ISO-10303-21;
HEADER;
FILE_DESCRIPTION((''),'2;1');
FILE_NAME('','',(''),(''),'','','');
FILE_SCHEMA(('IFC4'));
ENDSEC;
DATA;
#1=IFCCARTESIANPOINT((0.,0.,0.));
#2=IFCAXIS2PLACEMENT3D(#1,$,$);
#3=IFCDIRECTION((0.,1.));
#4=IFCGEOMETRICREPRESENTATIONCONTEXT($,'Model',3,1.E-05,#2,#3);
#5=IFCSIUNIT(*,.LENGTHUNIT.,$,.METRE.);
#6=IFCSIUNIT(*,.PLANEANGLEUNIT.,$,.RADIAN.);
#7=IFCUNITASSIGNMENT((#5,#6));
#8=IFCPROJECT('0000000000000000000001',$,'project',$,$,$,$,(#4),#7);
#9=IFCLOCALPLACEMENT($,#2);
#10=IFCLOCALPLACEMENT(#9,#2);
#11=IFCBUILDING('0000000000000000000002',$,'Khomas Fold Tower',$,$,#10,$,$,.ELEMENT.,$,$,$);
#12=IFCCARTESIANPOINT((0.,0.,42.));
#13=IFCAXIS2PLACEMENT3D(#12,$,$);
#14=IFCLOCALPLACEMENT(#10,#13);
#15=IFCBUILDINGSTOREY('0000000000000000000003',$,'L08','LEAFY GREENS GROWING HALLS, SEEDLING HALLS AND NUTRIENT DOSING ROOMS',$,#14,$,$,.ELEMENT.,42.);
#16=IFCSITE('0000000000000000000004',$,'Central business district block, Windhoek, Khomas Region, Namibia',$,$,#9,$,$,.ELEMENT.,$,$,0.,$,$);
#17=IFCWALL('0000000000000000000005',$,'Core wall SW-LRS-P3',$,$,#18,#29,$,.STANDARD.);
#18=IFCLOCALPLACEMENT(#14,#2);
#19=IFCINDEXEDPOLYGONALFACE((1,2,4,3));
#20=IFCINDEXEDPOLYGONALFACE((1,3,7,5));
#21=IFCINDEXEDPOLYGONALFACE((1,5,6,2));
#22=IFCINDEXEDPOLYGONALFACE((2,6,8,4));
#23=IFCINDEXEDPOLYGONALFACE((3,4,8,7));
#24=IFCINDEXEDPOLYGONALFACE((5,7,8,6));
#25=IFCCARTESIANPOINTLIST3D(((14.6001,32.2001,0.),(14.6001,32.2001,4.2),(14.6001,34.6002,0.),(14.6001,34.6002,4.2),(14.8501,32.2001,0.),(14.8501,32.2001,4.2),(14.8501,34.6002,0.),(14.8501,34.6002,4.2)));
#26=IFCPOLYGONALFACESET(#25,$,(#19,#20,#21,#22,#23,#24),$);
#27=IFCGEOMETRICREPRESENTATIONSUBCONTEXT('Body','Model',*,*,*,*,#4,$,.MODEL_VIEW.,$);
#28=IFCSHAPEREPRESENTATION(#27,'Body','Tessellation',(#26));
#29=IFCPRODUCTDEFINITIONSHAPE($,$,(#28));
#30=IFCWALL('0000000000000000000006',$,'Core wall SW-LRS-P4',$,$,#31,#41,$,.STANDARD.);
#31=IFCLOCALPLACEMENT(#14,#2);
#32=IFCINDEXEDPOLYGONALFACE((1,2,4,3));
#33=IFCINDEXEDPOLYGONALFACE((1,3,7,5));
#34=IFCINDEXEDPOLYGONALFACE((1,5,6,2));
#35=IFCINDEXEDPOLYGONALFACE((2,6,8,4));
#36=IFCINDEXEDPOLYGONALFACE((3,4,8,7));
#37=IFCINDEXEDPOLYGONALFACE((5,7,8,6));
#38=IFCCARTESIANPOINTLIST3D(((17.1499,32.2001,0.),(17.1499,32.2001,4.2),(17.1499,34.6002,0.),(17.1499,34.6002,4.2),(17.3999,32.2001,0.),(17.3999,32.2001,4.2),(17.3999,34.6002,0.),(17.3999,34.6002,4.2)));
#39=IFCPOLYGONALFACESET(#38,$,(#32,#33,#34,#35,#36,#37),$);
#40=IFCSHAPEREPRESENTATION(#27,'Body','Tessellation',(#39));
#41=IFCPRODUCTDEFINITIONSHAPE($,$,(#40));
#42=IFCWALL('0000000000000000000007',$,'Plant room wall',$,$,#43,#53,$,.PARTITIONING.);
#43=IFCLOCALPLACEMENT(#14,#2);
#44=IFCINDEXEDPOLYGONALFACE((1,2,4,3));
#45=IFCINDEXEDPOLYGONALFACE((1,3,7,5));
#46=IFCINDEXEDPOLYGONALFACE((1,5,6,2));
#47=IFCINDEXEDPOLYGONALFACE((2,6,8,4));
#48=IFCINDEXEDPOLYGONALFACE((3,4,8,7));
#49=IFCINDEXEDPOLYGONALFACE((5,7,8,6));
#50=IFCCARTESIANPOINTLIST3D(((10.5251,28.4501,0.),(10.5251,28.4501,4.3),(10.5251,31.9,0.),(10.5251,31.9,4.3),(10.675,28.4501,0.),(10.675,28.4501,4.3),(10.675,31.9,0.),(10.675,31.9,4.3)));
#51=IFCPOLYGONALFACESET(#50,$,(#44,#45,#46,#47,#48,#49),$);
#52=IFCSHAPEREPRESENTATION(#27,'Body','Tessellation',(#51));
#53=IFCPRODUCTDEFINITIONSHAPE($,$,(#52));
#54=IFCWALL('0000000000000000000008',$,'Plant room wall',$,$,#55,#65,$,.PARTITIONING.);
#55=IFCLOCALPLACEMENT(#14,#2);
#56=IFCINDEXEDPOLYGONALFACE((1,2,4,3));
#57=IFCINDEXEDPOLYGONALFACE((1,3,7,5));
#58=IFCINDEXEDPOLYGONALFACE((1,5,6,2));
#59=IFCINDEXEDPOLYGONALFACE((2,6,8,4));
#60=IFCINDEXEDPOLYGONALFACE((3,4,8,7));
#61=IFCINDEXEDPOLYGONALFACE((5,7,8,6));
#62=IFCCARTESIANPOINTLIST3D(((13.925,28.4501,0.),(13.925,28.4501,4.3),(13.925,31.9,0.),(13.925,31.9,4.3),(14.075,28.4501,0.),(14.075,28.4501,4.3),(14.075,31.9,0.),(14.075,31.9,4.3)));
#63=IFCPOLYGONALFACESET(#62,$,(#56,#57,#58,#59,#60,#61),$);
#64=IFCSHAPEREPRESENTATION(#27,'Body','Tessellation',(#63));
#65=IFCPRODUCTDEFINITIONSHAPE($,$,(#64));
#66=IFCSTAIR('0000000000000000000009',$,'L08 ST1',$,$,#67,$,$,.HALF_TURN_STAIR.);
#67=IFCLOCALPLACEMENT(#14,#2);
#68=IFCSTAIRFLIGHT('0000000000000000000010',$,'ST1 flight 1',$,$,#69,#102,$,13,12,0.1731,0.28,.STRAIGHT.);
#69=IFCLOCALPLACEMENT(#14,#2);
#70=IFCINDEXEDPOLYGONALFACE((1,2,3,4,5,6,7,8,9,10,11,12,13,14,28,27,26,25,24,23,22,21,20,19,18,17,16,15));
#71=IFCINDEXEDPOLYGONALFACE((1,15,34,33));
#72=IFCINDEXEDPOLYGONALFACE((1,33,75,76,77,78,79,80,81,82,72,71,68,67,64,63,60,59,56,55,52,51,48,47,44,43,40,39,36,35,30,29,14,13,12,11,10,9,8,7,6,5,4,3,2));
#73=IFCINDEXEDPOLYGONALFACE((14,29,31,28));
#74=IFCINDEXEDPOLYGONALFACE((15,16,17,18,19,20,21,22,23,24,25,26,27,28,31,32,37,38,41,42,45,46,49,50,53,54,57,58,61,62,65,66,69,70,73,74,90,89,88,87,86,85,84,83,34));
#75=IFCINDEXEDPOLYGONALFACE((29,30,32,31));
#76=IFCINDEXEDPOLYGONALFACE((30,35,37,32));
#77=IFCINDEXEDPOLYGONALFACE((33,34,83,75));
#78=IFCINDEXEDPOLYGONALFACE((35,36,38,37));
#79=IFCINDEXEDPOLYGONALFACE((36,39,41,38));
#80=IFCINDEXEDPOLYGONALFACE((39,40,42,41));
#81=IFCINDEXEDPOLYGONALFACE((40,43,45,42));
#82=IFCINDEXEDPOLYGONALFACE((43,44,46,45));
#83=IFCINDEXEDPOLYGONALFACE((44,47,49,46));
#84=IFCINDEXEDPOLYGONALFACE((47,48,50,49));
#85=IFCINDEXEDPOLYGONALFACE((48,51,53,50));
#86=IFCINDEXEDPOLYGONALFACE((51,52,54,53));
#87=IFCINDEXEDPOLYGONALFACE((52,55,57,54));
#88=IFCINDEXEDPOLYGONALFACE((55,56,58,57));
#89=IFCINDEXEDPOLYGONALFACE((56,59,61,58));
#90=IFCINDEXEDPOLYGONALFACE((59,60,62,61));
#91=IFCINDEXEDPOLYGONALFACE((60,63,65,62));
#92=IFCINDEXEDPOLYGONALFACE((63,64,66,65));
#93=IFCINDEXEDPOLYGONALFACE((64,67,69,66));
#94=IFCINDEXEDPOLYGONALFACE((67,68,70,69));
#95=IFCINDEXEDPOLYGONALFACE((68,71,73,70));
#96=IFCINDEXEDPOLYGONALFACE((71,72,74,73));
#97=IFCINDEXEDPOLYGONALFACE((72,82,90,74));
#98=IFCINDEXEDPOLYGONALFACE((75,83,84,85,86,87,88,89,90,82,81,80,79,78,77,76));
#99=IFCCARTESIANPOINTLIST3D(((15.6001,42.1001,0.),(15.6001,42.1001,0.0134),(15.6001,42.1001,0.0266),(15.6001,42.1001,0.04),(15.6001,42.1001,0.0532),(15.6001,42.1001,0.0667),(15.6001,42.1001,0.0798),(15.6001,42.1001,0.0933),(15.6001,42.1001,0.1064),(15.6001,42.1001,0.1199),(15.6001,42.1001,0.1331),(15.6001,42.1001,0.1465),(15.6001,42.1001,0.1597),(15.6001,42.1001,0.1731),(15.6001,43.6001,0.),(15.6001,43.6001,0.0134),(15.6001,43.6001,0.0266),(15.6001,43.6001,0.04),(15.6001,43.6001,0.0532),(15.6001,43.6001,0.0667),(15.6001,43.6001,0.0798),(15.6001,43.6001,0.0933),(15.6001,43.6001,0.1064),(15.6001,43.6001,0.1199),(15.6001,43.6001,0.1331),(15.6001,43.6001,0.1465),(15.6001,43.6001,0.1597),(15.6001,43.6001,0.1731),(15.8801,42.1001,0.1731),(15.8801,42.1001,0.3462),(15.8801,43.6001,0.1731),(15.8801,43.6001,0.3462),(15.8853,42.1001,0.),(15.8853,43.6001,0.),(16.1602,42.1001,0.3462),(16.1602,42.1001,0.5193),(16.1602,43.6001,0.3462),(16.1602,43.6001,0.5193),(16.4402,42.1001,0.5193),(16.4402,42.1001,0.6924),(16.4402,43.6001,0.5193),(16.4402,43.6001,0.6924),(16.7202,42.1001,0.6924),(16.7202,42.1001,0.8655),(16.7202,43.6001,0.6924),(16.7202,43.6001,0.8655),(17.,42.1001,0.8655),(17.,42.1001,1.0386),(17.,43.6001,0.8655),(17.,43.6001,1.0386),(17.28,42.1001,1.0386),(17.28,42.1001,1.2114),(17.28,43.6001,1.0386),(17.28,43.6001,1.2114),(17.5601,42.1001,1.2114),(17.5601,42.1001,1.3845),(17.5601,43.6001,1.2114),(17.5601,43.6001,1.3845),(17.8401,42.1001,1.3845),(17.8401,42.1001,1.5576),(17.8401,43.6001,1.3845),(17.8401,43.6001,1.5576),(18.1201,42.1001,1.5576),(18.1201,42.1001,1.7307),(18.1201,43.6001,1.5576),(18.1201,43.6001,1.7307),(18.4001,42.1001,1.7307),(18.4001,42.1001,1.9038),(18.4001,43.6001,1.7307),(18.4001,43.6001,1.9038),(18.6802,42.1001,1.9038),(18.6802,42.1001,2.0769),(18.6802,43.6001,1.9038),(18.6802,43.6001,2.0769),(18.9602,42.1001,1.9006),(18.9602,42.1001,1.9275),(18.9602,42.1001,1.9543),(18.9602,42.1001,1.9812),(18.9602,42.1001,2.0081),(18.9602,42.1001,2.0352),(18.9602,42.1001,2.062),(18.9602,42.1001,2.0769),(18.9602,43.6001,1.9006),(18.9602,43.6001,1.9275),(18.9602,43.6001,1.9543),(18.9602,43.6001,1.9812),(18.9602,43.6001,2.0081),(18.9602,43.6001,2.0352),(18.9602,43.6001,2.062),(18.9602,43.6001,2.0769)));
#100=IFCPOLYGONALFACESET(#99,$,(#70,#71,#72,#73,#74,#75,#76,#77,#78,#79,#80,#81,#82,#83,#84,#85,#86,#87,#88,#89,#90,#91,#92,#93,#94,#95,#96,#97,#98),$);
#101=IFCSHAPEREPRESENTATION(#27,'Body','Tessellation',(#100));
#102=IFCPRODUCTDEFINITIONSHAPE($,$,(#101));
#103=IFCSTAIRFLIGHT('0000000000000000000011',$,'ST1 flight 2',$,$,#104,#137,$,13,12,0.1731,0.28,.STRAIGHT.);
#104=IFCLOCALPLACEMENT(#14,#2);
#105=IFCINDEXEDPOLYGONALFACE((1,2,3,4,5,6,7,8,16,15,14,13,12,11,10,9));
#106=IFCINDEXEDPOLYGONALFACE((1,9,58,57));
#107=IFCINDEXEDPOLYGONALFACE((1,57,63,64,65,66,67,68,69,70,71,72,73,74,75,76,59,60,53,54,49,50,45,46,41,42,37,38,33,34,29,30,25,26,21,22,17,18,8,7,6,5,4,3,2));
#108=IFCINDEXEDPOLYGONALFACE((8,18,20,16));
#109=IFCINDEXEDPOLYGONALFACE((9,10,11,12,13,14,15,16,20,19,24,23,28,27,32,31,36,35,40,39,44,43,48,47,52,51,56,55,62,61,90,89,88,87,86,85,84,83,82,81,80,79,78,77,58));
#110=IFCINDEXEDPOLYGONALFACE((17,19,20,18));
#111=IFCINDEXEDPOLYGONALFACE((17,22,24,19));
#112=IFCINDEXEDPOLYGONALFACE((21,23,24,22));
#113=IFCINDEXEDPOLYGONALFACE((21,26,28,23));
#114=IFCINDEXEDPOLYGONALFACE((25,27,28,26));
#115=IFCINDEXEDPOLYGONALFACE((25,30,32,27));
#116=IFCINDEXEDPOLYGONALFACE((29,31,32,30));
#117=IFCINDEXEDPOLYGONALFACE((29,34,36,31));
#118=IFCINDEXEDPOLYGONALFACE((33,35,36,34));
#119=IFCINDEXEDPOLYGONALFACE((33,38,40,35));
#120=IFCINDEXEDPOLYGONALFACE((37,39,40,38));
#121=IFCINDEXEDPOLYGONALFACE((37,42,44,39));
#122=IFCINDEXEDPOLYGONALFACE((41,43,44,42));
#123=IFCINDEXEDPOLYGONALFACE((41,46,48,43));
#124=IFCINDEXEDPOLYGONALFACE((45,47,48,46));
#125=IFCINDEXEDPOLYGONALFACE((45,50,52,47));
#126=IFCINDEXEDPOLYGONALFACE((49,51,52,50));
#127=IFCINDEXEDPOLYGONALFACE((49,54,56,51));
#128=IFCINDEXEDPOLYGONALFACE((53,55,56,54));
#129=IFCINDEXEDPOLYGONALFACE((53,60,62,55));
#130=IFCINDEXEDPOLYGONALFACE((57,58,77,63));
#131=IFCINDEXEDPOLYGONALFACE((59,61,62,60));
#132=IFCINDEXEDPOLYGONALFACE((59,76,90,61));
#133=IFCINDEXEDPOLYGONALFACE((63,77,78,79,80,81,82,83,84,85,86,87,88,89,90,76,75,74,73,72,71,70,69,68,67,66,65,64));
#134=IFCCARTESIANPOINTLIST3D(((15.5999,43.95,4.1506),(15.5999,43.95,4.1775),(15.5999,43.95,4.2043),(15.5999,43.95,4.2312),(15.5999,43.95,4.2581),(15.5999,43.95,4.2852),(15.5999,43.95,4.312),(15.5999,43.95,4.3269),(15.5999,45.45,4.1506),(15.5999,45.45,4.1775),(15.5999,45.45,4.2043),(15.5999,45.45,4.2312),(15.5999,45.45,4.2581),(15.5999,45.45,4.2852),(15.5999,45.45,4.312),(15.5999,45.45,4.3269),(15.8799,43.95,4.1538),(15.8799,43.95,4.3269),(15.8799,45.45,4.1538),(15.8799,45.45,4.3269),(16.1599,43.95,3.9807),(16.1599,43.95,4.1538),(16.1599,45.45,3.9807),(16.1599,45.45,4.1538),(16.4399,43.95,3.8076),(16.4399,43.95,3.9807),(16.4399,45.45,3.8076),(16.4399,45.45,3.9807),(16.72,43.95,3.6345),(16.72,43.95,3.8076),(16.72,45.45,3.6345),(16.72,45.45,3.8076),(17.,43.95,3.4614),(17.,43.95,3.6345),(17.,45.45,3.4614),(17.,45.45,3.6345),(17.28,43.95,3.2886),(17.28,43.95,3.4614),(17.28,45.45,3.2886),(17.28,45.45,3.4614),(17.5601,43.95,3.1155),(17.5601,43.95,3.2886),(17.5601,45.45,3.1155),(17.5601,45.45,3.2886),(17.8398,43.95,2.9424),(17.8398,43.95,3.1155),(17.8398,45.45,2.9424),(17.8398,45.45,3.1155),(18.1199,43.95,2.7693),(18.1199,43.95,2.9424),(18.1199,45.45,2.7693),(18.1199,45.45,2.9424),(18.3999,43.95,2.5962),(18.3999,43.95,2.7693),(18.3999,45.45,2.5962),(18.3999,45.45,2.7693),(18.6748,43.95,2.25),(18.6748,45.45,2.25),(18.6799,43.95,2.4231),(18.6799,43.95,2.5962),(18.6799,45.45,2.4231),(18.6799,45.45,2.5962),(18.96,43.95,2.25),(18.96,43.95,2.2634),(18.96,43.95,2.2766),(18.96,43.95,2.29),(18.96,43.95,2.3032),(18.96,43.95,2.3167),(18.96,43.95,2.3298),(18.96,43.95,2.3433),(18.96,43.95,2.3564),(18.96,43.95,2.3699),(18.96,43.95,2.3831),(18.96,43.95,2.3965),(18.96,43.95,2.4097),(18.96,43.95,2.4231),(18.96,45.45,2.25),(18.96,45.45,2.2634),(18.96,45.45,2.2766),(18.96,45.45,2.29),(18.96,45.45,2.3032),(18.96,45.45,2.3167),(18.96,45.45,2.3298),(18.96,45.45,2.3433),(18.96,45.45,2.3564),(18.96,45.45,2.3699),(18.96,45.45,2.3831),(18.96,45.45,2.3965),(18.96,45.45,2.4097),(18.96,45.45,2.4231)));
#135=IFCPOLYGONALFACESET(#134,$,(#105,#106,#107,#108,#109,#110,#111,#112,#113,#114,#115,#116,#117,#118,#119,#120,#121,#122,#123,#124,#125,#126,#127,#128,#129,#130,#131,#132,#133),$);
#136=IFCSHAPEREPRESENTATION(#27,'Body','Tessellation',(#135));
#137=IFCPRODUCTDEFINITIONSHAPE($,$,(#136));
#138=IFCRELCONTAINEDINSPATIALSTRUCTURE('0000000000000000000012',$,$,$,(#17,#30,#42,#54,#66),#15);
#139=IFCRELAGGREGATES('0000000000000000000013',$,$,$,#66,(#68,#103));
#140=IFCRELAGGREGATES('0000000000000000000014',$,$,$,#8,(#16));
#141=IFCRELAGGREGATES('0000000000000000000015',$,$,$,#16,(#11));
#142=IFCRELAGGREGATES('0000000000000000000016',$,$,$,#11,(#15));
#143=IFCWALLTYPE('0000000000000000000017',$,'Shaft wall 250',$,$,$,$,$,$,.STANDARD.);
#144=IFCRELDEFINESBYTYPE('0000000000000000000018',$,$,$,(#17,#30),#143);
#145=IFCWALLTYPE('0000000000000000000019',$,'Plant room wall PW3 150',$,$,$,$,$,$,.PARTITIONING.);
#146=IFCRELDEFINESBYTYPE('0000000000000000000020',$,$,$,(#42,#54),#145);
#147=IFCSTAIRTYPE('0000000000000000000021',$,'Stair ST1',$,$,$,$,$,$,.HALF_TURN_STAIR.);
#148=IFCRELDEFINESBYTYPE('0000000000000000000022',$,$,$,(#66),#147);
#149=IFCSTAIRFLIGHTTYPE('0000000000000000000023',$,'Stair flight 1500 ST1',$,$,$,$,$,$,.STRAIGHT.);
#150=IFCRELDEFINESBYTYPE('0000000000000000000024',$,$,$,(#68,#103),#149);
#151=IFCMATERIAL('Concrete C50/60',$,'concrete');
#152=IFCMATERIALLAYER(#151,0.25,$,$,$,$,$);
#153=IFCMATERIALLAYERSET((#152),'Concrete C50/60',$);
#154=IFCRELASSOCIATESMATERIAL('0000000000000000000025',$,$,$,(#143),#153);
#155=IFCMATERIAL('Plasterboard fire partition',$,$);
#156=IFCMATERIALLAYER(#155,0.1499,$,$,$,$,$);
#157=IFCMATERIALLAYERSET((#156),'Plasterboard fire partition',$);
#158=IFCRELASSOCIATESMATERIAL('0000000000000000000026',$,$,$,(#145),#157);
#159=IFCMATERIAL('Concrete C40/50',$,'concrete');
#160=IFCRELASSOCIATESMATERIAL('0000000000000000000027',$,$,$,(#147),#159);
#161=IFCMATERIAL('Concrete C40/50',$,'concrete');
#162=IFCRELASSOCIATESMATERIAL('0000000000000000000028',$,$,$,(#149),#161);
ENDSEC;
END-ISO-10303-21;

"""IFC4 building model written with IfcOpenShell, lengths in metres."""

from ifc_helpers import new_model, si_unit, direction, frame, frame_2d, origin, place, context, subcontext, project, spatial, polyline, rectangle, outline, extrude, source, transform, mapped, material, layer, layer_set, type_object, element, aggregate, save


model = new_model("IFC4")

# Units and contexts
model_context = context("Model", 3, precision=1e-05, world=origin(), true_north=direction((0.0, 1.0)))
body_context = subcontext(model_context, "Body", "Model", "MODEL_VIEW")
ifc_project = project(units=[si_unit("LENGTHUNIT", "METRE"), si_unit("PLANEANGLEUNIT", "RADIAN")], contexts=[model_context])

# Site, building, storey
site_placement = place(None, origin())
site = spatial("IfcSite", under=ifc_project, at=site_placement, Name="Central business district block, Windhoek, Khomas Region, Namibia", CompositionType="ELEMENT", RefElevation=0.0)
building_placement = place(site_placement, origin())
building = spatial("IfcBuilding", under=site, at=building_placement, Name="Khomas Fold Tower", CompositionType="ELEMENT")
storey_placement = place(building_placement, frame((0.0, 0.0, 42.0)))
storey = spatial("IfcBuildingStorey", under=building, at=storey_placement, Name="L08", Description="LEAFY GREENS GROWING HALLS, SEEDLING HALLS AND NUTRIENT DOSING ROOMS", CompositionType="ELEMENT", Elevation=42.0)

# Walls
ifc_material_1 = material(Name="Concrete C50/60", Category="concrete")
ifc_layer_1 = layer(ifc_material_1, 0.25)
ifc_layer_set_1 = layer_set([ifc_layer_1], Name="Concrete C50/60")
wall_type_1 = type_object("IfcWallType", Name="Shaft wall 250", PredefinedType="STANDARD", material=ifc_layer_set_1)
shared_shape_1 = source(origin(), body_context, "Body", "SweptSolid", [
    extrude(rectangle(XDim=2.4001, YDim=0.25, at=frame_2d((1.2002, 0.0))), origin(), (0.0, 0.0, 1.0), 4.2),
])
for number, where, z_axis, x_axis, name in (
    (1, (14.7251, 32.2, 0.0), (0.0, 0.0, 1.0), (0.0, 1.0, 0.0), "Core wall SW-LRS-P3"),
    (2, (17.2749, 32.2, 0.0), (0.0, 0.0, 1.0), (0.0, 1.0, 0.0), "Core wall SW-LRS-P4"),
):
    element("IfcWall", number, at=place(storey_placement, frame(where, z_axis=z_axis, x_axis=x_axis)), inside=storey, type_object=wall_type_1, Name=name, PredefinedType="STANDARD", context=body_context, shape_type="MappedRepresentation", body=[
        mapped(shared_shape_1, transform((0.0, 0.0, 0.0))),
    ])
ifc_material_2 = material(Name="Plasterboard fire partition")
ifc_layer_2 = layer(ifc_material_2, 0.1499)
ifc_layer_set_2 = layer_set([ifc_layer_2], Name="Plasterboard fire partition")
wall_type_2 = type_object("IfcWallType", Name="Plant room wall PW3 150", PredefinedType="PARTITIONING", material=ifc_layer_set_2)
shared_shape_2 = source(origin(), body_context, "Body", "SweptSolid", [
    extrude(rectangle(XDim=3.45, YDim=0.1499, at=frame_2d((1.7251, 0.0))), origin(), (0.0, 0.0, 1.0), 4.3),
])
for number, where, z_axis, x_axis, name in (
    (3, (10.6001, 28.45, 0.0), (0.0, 0.0, 1.0), (0.0, 1.0, 0.0), "Plant room wall"),
    (4, (14.0, 28.45, 0.0), (0.0, 0.0, 1.0), (0.0, 1.0, 0.0), "Plant room wall"),
):
    element("IfcWall", number, at=place(storey_placement, frame(where, z_axis=z_axis, x_axis=x_axis)), inside=storey, type_object=wall_type_2, Name=name, PredefinedType="PARTITIONING", context=body_context, shape_type="MappedRepresentation", body=[
        mapped(shared_shape_2, transform((0.0, 0.0, 0.0))),
    ])

# Stair, stair flights
ifc_material_3 = material(Name="Concrete C40/50", Category="concrete")
stair_type = type_object("IfcStairType", Name="Stair ST1", PredefinedType="HALF_TURN_STAIR", material=ifc_material_3)
stair_placement = place(storey_placement, origin())
stair = element("IfcStair", 5, at=stair_placement, inside=storey, type_object=stair_type, Name="L08 ST1", PredefinedType="HALF_TURN_STAIR")
ifc_material_4 = material(Name="Concrete C40/50", Category="concrete")
stair_flight_type = type_object("IfcStairFlightType", Name="Stair flight 1500 ST1", PredefinedType="STRAIGHT", material=ifc_material_4)
shared_shape_3 = source(origin(), body_context, "Body", "SweptSolid", [
    extrude(outline(polyline([(0.0, 0.0), (0.0, 0.0134), (0.0, 0.0266), (0.0, 0.04), (0.0, 0.0532), (0.0, 0.0667), (0.0, 0.0798), (0.0, 0.0933), (0.0, 0.1064), (0.0, 0.1199), (0.0, 0.1331), (0.0, 0.1465), (0.0, 0.1597), (0.0, 0.1731), (0.28, 0.1731), (0.28, 0.3462), (0.5601, 0.3462), (0.5601, 0.5193), (0.8401, 0.5193), (0.8401, 0.6924), (1.1201, 0.6924), (1.1201, 0.8655), (1.3999, 0.8655), (1.3999, 1.0386), (1.6799, 1.0386), (1.6799, 1.2114), (1.96, 1.2114), (1.96, 1.3845), (2.24, 1.3845), (2.24, 1.5576), (2.52, 1.5576), (2.52, 1.7307), (2.8, 1.7307), (2.8, 1.9038), (3.0801, 1.9038), (3.0801, 2.0769), (3.3601, 2.0769), (3.3601, 2.25), (3.3601, 2.2231), (3.3601, 2.1963), (3.3601, 2.1694), (3.3601, 2.1426), (3.3601, 2.1157), (3.3601, 2.0889), (3.3601, 2.062), (3.3601, 2.0352), (3.3601, 2.0081), (3.3601, 1.9812), (3.3601, 1.9543), (3.3601, 1.9275), (3.3601, 1.9006), (0.2852, 0.0), (0.0, 0.0)])), frame((0.0, 0.75, 0.0), z_axis=(0.0, -1.0, 0.0), x_axis=(1.0, 0.0, 0.0)), (0.0, 0.0, 1.0), 1.5),
])
stair_flight_1_placement = place(storey_placement, frame((15.6001, 42.8501, 0.0), z_axis=(0.0, 0.0, 1.0), x_axis=(1.0, 0.0, 0.0)))
stair_flight_1 = element("IfcStairFlight", 6, at=stair_flight_1_placement, type_object=stair_flight_type, Name="ST1 flight 1", NumberOfRisers=13, NumberOfTreads=12, PredefinedType="STRAIGHT", RiserHeight=0.1731, TreadLength=0.28, context=body_context, shape_type="MappedRepresentation", body=[
    mapped(shared_shape_3, transform((0.0, 0.0, 0.0))),
])
stair_flight_2_placement = place(storey_placement, frame((18.96, 44.7, 2.25), z_axis=(0.0, 0.0, 1.0), x_axis=(-1.0, 0.0, 0.0)))
stair_flight_2 = element("IfcStairFlight", 7, at=stair_flight_2_placement, type_object=stair_flight_type, Name="ST1 flight 2", NumberOfRisers=13, NumberOfTreads=12, PredefinedType="STRAIGHT", RiserHeight=0.1731, TreadLength=0.28, context=body_context, shape_type="MappedRepresentation", body=[
    mapped(shared_shape_3, transform((0.0, 0.0, 0.0))),
])
aggregate(stair, [stair_flight_1, stair_flight_2])

save(model, "model.ifc")
